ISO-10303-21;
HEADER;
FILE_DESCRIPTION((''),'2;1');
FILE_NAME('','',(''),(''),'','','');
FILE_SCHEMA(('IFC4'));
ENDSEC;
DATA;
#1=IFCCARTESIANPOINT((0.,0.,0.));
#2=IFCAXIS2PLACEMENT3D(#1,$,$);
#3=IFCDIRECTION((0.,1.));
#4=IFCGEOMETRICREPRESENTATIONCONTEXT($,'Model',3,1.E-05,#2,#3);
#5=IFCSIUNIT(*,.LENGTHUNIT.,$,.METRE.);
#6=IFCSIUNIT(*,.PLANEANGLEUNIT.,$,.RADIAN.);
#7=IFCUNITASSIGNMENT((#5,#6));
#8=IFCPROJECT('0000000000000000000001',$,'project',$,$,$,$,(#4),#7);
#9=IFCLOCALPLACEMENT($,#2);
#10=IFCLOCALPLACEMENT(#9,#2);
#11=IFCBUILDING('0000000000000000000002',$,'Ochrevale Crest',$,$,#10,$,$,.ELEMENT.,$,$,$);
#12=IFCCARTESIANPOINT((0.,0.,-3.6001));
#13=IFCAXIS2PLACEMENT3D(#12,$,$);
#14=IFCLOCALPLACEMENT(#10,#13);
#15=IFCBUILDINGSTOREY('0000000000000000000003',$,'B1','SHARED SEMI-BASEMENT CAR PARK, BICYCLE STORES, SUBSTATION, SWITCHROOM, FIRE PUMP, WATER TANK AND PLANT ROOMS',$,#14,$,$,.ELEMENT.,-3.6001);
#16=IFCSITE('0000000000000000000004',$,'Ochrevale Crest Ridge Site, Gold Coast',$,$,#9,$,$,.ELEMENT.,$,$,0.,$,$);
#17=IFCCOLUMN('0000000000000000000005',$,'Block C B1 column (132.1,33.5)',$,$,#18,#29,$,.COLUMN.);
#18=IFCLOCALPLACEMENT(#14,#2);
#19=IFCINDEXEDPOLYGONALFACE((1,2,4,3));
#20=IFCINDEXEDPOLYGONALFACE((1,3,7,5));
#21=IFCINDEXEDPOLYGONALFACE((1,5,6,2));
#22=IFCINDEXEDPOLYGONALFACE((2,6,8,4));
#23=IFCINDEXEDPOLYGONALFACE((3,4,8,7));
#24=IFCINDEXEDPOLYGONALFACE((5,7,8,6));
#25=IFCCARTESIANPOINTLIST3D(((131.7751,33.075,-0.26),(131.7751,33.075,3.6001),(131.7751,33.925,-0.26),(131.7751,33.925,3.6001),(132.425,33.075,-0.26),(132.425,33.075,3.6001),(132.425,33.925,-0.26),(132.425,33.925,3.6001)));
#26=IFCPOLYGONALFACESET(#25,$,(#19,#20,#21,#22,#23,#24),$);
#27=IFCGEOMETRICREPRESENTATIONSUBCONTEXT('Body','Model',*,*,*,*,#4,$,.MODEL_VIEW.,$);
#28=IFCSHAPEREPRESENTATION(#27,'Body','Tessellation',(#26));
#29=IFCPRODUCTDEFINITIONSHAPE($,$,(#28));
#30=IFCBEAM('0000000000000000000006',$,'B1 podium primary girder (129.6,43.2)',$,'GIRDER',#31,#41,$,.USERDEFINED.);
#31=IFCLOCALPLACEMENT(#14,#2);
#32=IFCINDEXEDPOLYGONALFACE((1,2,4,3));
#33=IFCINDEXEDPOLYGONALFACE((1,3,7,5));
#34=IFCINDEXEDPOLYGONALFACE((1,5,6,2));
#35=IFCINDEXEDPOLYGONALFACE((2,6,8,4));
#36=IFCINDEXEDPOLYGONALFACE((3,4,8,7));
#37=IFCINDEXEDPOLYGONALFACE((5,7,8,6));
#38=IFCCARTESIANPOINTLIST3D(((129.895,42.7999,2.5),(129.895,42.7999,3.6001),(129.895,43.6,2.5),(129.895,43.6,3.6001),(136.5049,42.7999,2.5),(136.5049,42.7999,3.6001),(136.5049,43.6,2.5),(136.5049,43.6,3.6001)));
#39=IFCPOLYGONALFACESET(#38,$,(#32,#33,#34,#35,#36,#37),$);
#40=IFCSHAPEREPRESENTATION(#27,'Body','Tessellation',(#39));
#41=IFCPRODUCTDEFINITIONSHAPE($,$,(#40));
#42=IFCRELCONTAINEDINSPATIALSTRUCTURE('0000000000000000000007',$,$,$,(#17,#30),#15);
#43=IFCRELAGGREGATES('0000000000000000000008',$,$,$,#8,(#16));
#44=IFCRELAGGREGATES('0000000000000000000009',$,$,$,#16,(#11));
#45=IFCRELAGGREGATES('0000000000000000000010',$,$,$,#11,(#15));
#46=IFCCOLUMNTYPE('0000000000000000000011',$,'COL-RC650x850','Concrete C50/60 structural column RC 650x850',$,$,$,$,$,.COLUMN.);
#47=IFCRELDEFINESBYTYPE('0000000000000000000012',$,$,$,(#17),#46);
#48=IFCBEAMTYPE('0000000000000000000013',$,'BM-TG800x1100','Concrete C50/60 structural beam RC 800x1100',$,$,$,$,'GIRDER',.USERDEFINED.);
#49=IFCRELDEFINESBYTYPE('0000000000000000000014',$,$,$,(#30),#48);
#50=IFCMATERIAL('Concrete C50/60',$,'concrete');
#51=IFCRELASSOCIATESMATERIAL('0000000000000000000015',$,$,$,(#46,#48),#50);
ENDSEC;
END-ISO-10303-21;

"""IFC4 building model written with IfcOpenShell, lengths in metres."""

from ifc_helpers import new_model, si_unit, direction, frame, origin, origin_2d, place, context, subcontext, project, spatial, rectangle, extrude, material, material_profile, profile_set, type_object, element, save


model = new_model("IFC4")

# Units and contexts
model_context = context("Model", 3, precision=1e-05, world=origin(), true_north=direction((0.0, 1.0)))
body_context = subcontext(model_context, "Body", "Model", "MODEL_VIEW")
ifc_project = project(units=[si_unit("LENGTHUNIT", "METRE"), si_unit("PLANEANGLEUNIT", "RADIAN")], contexts=[model_context])

# Site, building, storey
site_placement = place(None, origin())
site = spatial("IfcSite", under=ifc_project, at=site_placement, Name="Ochrevale Crest Ridge Site, Gold Coast", CompositionType="ELEMENT", RefElevation=0.0)
building_placement = place(site_placement, origin())
building = spatial("IfcBuilding", under=site, at=building_placement, Name="Ochrevale Crest", CompositionType="ELEMENT")
storey_placement = place(building_placement, frame((0.0, 0.0, -3.6001)))
storey = spatial("IfcBuildingStorey", under=building, at=storey_placement, Name="B1", Description="SHARED SEMI-BASEMENT CAR PARK, BICYCLE STORES, SUBSTATION, SWITCHROOM, FIRE PUMP, WATER TANK AND PLANT ROOMS", CompositionType="ELEMENT", Elevation=-3.6001)

# Column
ifc_material_1 = material(Name="Concrete C50/60", Category="concrete")
ifc_material_profile_1 = material_profile(ifc_material_1, rectangle(XDim=0.6499, YDim=0.8501, at=origin_2d()), Name="RC 650x850")
ifc_profile_set_1 = profile_set([ifc_material_profile_1], Name="Concrete C50/60")
column_type_1 = type_object("IfcColumnType", Name="COL-RC650x850", Description="Concrete C50/60 structural column RC 650x850", PredefinedType="COLUMN", material=ifc_profile_set_1)
column_1_placement = place(storey_placement, frame((132.1001, 33.5, -0.26), z_axis=(0.0, 0.0, 1.0), x_axis=(1.0, 0.0, 0.0)))
element("IfcColumn", 1, at=column_1_placement, inside=storey, type_object=column_type_1, Name="Block C B1 column (132.1,33.5)", PredefinedType="COLUMN", context=body_context, shape_type="SweptSolid", body=[
    extrude(rectangle(XDim=0.6499, YDim=0.8501, at=origin_2d()), origin(), (0.0, 0.0, 1.0), 3.8601),
])

# Beam
ifc_material_profile_2 = material_profile(ifc_material_1, rectangle(XDim=0.8, YDim=1.1001, at=origin_2d()), Name="RC 800x1100")
ifc_profile_set_2 = profile_set([ifc_material_profile_2], Name="Concrete C50/60")
beam_type = type_object("IfcBeamType", Name="BM-TG800x1100", Description="Concrete C50/60 structural beam RC 800x1100", ElementType="GIRDER", PredefinedType="USERDEFINED", material=ifc_profile_set_2)
beam_placement = place(storey_placement, frame((129.895, 43.2, 3.05), z_axis=(1.0, 0.0, 0.0), x_axis=(0.0, 1.0, 0.0)))
element("IfcBeam", 2, at=beam_placement, inside=storey, type_object=beam_type, Name="B1 podium primary girder (129.6,43.2)", ObjectType="GIRDER", PredefinedType="USERDEFINED", context=body_context, shape_type="SweptSolid", body=[
    extrude(rectangle(XDim=0.8, YDim=1.1001, at=origin_2d()), origin(), (0.0, 0.0, 1.0), 6.6099),
])

save(model, "model.ifc")
